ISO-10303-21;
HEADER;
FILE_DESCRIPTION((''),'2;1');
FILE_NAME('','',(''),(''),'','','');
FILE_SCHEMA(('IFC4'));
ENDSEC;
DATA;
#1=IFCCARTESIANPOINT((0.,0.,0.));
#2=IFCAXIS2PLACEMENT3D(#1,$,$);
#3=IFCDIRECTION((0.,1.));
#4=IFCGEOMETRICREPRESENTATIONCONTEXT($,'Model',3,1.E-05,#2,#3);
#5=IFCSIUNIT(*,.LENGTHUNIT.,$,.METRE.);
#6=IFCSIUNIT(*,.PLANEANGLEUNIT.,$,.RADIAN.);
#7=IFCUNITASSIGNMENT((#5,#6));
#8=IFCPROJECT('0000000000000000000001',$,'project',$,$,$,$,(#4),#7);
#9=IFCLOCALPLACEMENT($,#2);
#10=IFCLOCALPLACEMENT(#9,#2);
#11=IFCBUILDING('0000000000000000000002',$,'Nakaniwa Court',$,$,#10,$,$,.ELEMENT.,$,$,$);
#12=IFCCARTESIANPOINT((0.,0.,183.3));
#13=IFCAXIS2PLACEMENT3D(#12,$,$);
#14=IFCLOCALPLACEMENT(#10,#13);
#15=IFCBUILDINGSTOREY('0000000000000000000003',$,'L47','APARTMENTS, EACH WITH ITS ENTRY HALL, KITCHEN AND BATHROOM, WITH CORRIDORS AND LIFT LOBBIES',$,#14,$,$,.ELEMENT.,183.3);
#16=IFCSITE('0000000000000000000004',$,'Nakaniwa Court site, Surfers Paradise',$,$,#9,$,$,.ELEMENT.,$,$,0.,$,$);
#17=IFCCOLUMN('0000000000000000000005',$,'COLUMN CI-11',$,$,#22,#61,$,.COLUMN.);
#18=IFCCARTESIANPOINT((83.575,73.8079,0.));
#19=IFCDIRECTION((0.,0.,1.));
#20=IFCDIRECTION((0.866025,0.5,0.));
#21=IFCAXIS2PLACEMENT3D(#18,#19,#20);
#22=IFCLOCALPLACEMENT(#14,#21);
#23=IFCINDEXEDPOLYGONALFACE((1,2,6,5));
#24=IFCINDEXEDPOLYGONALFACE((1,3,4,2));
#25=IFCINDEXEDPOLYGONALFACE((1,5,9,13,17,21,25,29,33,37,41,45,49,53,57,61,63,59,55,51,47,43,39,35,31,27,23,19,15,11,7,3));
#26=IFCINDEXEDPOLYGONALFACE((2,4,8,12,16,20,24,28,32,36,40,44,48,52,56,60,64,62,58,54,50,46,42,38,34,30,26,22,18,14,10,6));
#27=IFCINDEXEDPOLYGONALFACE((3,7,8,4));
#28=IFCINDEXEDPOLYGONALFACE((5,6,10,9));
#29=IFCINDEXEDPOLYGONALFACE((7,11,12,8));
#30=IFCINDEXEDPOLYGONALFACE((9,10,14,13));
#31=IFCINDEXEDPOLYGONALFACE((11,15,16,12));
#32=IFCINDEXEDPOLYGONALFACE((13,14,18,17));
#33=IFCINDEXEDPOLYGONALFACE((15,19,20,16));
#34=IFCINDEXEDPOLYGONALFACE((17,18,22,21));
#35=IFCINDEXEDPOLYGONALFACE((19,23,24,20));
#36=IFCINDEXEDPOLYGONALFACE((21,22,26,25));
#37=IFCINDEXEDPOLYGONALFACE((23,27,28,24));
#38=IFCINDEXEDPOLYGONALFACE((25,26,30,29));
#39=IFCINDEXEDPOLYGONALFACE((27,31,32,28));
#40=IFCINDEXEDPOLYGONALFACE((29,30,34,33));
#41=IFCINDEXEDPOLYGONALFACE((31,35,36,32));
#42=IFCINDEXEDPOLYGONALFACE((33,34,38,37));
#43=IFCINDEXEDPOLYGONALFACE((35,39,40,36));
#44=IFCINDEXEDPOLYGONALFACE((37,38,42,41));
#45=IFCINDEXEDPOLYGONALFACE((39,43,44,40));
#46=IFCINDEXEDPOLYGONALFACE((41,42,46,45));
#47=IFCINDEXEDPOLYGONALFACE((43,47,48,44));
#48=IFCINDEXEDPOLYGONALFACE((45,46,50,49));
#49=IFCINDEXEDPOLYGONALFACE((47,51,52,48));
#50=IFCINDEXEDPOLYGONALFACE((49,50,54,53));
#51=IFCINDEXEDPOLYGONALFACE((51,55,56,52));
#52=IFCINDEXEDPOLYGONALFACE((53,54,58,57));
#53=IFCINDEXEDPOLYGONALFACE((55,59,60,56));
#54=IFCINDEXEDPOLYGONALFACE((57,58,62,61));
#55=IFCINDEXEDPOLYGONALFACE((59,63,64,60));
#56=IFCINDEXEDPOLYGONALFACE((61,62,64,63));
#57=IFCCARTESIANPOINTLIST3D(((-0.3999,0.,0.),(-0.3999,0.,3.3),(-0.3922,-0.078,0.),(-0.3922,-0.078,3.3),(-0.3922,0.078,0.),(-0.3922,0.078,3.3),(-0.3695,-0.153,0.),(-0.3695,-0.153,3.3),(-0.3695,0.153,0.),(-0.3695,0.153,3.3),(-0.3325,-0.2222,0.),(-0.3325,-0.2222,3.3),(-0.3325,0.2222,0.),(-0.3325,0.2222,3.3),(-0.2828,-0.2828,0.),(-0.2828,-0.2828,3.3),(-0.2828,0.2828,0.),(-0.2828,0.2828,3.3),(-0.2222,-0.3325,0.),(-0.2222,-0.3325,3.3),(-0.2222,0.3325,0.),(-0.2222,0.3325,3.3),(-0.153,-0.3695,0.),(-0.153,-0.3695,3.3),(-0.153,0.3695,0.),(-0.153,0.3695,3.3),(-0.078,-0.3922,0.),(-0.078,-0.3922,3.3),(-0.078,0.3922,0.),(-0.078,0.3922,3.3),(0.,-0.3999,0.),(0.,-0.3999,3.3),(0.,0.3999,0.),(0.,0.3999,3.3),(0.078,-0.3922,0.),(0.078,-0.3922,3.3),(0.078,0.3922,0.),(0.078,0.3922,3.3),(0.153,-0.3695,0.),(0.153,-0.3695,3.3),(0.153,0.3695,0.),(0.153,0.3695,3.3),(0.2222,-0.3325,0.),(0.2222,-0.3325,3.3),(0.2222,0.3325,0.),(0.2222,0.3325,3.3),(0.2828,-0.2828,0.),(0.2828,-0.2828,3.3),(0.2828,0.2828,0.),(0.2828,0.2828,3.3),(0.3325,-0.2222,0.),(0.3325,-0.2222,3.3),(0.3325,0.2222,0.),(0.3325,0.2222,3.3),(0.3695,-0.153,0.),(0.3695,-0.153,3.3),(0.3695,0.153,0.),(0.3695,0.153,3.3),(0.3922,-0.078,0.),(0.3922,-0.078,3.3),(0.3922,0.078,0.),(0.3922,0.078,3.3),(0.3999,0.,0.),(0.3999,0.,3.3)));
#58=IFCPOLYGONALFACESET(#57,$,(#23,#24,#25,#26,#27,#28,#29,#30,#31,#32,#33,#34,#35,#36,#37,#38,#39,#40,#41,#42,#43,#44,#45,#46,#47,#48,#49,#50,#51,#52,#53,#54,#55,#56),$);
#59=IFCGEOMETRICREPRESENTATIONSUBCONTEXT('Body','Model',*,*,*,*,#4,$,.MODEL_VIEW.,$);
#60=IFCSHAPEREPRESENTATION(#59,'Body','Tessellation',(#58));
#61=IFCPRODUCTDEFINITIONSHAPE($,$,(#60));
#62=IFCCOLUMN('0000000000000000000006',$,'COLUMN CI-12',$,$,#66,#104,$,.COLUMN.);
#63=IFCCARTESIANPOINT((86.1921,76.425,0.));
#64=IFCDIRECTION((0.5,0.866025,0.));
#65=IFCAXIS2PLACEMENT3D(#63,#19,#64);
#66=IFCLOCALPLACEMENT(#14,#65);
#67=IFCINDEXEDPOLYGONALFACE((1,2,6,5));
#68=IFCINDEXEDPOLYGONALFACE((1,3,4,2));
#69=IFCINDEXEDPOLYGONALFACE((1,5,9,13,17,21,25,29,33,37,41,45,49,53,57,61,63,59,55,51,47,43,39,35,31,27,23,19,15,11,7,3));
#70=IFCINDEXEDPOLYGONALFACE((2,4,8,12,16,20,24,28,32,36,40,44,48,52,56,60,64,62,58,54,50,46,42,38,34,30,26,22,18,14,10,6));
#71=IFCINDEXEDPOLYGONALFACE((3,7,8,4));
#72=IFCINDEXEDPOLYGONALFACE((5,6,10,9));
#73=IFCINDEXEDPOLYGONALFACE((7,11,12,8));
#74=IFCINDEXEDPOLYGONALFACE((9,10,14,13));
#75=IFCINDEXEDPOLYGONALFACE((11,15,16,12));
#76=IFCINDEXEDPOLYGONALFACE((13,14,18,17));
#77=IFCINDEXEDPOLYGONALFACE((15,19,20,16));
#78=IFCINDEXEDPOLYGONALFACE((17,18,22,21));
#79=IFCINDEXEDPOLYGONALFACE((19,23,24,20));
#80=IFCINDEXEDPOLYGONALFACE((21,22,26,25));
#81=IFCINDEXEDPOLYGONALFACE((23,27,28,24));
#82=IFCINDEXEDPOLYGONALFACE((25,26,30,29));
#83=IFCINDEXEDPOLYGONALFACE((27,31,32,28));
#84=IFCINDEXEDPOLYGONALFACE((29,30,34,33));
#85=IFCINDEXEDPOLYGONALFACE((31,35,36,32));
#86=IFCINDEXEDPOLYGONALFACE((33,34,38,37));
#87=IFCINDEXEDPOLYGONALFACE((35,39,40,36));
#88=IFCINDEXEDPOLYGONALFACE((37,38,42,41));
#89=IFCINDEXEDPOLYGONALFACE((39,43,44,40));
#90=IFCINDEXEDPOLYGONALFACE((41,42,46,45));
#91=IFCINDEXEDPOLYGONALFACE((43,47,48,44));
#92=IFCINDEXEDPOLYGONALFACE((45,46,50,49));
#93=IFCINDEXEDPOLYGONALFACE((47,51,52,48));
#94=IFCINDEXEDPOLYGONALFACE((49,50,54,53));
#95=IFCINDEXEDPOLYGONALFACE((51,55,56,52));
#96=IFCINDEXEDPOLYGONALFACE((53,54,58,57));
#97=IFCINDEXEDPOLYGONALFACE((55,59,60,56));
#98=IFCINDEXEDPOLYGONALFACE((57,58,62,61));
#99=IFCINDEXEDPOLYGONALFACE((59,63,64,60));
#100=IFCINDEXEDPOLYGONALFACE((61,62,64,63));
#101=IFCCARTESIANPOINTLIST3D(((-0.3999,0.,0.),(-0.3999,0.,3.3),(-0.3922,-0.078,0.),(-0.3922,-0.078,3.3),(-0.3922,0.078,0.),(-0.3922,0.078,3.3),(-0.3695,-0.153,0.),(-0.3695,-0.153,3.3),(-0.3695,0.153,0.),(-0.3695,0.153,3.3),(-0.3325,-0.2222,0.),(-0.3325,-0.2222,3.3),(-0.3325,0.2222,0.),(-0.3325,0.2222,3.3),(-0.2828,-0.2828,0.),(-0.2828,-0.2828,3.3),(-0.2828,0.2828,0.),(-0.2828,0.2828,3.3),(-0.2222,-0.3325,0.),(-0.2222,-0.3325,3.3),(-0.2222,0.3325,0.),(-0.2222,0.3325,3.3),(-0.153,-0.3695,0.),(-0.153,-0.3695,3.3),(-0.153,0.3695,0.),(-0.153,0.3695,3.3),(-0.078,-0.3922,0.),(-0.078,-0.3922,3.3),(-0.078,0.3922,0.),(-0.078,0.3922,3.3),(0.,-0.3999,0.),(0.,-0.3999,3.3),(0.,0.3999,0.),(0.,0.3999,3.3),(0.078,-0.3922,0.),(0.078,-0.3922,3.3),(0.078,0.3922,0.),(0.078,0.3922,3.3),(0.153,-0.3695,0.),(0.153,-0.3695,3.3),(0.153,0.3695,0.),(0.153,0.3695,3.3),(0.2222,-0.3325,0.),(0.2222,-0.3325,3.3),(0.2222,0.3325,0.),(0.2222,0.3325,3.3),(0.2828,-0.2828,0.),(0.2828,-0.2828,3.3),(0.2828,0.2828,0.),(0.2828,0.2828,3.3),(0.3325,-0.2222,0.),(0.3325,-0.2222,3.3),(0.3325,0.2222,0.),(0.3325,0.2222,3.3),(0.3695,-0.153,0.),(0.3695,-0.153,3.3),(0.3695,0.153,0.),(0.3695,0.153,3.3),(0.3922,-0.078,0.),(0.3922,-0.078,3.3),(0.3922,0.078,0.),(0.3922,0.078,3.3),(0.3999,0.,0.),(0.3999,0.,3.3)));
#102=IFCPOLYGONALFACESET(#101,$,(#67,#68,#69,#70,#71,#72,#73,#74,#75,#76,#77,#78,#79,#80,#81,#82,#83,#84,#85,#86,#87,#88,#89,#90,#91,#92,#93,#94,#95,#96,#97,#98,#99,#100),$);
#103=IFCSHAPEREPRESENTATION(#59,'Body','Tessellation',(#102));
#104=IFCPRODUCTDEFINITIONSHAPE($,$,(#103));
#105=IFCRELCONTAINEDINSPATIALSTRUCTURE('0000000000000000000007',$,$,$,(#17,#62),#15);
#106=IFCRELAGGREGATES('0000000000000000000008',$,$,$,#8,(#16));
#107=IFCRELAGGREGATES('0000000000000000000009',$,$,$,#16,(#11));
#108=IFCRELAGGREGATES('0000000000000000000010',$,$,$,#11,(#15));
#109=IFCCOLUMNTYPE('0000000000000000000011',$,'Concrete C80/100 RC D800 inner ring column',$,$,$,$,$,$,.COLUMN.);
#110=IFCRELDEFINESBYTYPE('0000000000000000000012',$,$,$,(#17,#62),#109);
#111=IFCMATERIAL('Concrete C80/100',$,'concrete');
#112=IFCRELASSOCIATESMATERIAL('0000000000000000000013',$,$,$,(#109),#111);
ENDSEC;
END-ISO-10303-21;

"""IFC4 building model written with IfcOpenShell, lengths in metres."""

from ifc_helpers import new_model, si_unit, direction, frame, origin, origin_2d, place, context, subcontext, project, spatial, circle, extrude, material, material_profile, profile_set, type_object, element, save


model = new_model("IFC4")

# Units and contexts
model_context = context("Model", 3, precision=1e-05, world=origin(), true_north=direction((0.0, 1.0)))
body_context = subcontext(model_context, "Body", "Model", "MODEL_VIEW")
ifc_project = project(units=[si_unit("LENGTHUNIT", "METRE"), si_unit("PLANEANGLEUNIT", "RADIAN")], contexts=[model_context])

# Site, building, storey
site_placement = place(None, origin())
site = spatial("IfcSite", under=ifc_project, at=site_placement, Name="Nakaniwa Court site, Surfers Paradise", CompositionType="ELEMENT", RefElevation=0.0)
building_placement = place(site_placement, origin())
building = spatial("IfcBuilding", under=site, at=building_placement, Name="Nakaniwa Court", CompositionType="ELEMENT")
storey_placement = place(building_placement, frame((0.0, 0.0, 183.3)))
storey = spatial("IfcBuildingStorey", under=building, at=storey_placement, Name="L47", Description="APARTMENTS, EACH WITH ITS ENTRY HALL, KITCHEN AND BATHROOM, WITH CORRIDORS AND LIFT LOBBIES", CompositionType="ELEMENT", Elevation=183.3)

# Columns
ifc_material_1 = material(Name="Concrete C80/100", Category="concrete")
ifc_material_profile_1 = material_profile(ifc_material_1, circle(Radius=0.3999, at=origin_2d()), Name="Concrete C80/100 RC D800 inner ring column")
ifc_profile_set_1 = profile_set([ifc_material_profile_1], Name="Concrete C80/100")
column_type = type_object("IfcColumnType", Name="Concrete C80/100 RC D800 inner ring column", PredefinedType="COLUMN", material=ifc_profile_set_1)
for number, where, z_axis, x_axis, name in (
    (1, (83.575, 73.8079, 0.0), (0.0, 0.0, 1.0), (0.866025, 0.5, 0.0), "COLUMN CI-11"),
    (2, (86.1921, 76.425, 0.0), (0.0, 0.0, 1.0), (0.5, 0.866025, 0.0), "COLUMN CI-12"),
):
    element("IfcColumn", number, at=place(storey_placement, frame(where, z_axis=z_axis, x_axis=x_axis)), inside=storey, type_object=column_type, Name=name, PredefinedType="COLUMN", context=body_context, shape_type="SweptSolid", body=[
        extrude(circle(Radius=0.3999, at=origin_2d()), origin(), (0.0, 0.0, 1.0), 3.3),
    ])

save(model, "model.ifc")
